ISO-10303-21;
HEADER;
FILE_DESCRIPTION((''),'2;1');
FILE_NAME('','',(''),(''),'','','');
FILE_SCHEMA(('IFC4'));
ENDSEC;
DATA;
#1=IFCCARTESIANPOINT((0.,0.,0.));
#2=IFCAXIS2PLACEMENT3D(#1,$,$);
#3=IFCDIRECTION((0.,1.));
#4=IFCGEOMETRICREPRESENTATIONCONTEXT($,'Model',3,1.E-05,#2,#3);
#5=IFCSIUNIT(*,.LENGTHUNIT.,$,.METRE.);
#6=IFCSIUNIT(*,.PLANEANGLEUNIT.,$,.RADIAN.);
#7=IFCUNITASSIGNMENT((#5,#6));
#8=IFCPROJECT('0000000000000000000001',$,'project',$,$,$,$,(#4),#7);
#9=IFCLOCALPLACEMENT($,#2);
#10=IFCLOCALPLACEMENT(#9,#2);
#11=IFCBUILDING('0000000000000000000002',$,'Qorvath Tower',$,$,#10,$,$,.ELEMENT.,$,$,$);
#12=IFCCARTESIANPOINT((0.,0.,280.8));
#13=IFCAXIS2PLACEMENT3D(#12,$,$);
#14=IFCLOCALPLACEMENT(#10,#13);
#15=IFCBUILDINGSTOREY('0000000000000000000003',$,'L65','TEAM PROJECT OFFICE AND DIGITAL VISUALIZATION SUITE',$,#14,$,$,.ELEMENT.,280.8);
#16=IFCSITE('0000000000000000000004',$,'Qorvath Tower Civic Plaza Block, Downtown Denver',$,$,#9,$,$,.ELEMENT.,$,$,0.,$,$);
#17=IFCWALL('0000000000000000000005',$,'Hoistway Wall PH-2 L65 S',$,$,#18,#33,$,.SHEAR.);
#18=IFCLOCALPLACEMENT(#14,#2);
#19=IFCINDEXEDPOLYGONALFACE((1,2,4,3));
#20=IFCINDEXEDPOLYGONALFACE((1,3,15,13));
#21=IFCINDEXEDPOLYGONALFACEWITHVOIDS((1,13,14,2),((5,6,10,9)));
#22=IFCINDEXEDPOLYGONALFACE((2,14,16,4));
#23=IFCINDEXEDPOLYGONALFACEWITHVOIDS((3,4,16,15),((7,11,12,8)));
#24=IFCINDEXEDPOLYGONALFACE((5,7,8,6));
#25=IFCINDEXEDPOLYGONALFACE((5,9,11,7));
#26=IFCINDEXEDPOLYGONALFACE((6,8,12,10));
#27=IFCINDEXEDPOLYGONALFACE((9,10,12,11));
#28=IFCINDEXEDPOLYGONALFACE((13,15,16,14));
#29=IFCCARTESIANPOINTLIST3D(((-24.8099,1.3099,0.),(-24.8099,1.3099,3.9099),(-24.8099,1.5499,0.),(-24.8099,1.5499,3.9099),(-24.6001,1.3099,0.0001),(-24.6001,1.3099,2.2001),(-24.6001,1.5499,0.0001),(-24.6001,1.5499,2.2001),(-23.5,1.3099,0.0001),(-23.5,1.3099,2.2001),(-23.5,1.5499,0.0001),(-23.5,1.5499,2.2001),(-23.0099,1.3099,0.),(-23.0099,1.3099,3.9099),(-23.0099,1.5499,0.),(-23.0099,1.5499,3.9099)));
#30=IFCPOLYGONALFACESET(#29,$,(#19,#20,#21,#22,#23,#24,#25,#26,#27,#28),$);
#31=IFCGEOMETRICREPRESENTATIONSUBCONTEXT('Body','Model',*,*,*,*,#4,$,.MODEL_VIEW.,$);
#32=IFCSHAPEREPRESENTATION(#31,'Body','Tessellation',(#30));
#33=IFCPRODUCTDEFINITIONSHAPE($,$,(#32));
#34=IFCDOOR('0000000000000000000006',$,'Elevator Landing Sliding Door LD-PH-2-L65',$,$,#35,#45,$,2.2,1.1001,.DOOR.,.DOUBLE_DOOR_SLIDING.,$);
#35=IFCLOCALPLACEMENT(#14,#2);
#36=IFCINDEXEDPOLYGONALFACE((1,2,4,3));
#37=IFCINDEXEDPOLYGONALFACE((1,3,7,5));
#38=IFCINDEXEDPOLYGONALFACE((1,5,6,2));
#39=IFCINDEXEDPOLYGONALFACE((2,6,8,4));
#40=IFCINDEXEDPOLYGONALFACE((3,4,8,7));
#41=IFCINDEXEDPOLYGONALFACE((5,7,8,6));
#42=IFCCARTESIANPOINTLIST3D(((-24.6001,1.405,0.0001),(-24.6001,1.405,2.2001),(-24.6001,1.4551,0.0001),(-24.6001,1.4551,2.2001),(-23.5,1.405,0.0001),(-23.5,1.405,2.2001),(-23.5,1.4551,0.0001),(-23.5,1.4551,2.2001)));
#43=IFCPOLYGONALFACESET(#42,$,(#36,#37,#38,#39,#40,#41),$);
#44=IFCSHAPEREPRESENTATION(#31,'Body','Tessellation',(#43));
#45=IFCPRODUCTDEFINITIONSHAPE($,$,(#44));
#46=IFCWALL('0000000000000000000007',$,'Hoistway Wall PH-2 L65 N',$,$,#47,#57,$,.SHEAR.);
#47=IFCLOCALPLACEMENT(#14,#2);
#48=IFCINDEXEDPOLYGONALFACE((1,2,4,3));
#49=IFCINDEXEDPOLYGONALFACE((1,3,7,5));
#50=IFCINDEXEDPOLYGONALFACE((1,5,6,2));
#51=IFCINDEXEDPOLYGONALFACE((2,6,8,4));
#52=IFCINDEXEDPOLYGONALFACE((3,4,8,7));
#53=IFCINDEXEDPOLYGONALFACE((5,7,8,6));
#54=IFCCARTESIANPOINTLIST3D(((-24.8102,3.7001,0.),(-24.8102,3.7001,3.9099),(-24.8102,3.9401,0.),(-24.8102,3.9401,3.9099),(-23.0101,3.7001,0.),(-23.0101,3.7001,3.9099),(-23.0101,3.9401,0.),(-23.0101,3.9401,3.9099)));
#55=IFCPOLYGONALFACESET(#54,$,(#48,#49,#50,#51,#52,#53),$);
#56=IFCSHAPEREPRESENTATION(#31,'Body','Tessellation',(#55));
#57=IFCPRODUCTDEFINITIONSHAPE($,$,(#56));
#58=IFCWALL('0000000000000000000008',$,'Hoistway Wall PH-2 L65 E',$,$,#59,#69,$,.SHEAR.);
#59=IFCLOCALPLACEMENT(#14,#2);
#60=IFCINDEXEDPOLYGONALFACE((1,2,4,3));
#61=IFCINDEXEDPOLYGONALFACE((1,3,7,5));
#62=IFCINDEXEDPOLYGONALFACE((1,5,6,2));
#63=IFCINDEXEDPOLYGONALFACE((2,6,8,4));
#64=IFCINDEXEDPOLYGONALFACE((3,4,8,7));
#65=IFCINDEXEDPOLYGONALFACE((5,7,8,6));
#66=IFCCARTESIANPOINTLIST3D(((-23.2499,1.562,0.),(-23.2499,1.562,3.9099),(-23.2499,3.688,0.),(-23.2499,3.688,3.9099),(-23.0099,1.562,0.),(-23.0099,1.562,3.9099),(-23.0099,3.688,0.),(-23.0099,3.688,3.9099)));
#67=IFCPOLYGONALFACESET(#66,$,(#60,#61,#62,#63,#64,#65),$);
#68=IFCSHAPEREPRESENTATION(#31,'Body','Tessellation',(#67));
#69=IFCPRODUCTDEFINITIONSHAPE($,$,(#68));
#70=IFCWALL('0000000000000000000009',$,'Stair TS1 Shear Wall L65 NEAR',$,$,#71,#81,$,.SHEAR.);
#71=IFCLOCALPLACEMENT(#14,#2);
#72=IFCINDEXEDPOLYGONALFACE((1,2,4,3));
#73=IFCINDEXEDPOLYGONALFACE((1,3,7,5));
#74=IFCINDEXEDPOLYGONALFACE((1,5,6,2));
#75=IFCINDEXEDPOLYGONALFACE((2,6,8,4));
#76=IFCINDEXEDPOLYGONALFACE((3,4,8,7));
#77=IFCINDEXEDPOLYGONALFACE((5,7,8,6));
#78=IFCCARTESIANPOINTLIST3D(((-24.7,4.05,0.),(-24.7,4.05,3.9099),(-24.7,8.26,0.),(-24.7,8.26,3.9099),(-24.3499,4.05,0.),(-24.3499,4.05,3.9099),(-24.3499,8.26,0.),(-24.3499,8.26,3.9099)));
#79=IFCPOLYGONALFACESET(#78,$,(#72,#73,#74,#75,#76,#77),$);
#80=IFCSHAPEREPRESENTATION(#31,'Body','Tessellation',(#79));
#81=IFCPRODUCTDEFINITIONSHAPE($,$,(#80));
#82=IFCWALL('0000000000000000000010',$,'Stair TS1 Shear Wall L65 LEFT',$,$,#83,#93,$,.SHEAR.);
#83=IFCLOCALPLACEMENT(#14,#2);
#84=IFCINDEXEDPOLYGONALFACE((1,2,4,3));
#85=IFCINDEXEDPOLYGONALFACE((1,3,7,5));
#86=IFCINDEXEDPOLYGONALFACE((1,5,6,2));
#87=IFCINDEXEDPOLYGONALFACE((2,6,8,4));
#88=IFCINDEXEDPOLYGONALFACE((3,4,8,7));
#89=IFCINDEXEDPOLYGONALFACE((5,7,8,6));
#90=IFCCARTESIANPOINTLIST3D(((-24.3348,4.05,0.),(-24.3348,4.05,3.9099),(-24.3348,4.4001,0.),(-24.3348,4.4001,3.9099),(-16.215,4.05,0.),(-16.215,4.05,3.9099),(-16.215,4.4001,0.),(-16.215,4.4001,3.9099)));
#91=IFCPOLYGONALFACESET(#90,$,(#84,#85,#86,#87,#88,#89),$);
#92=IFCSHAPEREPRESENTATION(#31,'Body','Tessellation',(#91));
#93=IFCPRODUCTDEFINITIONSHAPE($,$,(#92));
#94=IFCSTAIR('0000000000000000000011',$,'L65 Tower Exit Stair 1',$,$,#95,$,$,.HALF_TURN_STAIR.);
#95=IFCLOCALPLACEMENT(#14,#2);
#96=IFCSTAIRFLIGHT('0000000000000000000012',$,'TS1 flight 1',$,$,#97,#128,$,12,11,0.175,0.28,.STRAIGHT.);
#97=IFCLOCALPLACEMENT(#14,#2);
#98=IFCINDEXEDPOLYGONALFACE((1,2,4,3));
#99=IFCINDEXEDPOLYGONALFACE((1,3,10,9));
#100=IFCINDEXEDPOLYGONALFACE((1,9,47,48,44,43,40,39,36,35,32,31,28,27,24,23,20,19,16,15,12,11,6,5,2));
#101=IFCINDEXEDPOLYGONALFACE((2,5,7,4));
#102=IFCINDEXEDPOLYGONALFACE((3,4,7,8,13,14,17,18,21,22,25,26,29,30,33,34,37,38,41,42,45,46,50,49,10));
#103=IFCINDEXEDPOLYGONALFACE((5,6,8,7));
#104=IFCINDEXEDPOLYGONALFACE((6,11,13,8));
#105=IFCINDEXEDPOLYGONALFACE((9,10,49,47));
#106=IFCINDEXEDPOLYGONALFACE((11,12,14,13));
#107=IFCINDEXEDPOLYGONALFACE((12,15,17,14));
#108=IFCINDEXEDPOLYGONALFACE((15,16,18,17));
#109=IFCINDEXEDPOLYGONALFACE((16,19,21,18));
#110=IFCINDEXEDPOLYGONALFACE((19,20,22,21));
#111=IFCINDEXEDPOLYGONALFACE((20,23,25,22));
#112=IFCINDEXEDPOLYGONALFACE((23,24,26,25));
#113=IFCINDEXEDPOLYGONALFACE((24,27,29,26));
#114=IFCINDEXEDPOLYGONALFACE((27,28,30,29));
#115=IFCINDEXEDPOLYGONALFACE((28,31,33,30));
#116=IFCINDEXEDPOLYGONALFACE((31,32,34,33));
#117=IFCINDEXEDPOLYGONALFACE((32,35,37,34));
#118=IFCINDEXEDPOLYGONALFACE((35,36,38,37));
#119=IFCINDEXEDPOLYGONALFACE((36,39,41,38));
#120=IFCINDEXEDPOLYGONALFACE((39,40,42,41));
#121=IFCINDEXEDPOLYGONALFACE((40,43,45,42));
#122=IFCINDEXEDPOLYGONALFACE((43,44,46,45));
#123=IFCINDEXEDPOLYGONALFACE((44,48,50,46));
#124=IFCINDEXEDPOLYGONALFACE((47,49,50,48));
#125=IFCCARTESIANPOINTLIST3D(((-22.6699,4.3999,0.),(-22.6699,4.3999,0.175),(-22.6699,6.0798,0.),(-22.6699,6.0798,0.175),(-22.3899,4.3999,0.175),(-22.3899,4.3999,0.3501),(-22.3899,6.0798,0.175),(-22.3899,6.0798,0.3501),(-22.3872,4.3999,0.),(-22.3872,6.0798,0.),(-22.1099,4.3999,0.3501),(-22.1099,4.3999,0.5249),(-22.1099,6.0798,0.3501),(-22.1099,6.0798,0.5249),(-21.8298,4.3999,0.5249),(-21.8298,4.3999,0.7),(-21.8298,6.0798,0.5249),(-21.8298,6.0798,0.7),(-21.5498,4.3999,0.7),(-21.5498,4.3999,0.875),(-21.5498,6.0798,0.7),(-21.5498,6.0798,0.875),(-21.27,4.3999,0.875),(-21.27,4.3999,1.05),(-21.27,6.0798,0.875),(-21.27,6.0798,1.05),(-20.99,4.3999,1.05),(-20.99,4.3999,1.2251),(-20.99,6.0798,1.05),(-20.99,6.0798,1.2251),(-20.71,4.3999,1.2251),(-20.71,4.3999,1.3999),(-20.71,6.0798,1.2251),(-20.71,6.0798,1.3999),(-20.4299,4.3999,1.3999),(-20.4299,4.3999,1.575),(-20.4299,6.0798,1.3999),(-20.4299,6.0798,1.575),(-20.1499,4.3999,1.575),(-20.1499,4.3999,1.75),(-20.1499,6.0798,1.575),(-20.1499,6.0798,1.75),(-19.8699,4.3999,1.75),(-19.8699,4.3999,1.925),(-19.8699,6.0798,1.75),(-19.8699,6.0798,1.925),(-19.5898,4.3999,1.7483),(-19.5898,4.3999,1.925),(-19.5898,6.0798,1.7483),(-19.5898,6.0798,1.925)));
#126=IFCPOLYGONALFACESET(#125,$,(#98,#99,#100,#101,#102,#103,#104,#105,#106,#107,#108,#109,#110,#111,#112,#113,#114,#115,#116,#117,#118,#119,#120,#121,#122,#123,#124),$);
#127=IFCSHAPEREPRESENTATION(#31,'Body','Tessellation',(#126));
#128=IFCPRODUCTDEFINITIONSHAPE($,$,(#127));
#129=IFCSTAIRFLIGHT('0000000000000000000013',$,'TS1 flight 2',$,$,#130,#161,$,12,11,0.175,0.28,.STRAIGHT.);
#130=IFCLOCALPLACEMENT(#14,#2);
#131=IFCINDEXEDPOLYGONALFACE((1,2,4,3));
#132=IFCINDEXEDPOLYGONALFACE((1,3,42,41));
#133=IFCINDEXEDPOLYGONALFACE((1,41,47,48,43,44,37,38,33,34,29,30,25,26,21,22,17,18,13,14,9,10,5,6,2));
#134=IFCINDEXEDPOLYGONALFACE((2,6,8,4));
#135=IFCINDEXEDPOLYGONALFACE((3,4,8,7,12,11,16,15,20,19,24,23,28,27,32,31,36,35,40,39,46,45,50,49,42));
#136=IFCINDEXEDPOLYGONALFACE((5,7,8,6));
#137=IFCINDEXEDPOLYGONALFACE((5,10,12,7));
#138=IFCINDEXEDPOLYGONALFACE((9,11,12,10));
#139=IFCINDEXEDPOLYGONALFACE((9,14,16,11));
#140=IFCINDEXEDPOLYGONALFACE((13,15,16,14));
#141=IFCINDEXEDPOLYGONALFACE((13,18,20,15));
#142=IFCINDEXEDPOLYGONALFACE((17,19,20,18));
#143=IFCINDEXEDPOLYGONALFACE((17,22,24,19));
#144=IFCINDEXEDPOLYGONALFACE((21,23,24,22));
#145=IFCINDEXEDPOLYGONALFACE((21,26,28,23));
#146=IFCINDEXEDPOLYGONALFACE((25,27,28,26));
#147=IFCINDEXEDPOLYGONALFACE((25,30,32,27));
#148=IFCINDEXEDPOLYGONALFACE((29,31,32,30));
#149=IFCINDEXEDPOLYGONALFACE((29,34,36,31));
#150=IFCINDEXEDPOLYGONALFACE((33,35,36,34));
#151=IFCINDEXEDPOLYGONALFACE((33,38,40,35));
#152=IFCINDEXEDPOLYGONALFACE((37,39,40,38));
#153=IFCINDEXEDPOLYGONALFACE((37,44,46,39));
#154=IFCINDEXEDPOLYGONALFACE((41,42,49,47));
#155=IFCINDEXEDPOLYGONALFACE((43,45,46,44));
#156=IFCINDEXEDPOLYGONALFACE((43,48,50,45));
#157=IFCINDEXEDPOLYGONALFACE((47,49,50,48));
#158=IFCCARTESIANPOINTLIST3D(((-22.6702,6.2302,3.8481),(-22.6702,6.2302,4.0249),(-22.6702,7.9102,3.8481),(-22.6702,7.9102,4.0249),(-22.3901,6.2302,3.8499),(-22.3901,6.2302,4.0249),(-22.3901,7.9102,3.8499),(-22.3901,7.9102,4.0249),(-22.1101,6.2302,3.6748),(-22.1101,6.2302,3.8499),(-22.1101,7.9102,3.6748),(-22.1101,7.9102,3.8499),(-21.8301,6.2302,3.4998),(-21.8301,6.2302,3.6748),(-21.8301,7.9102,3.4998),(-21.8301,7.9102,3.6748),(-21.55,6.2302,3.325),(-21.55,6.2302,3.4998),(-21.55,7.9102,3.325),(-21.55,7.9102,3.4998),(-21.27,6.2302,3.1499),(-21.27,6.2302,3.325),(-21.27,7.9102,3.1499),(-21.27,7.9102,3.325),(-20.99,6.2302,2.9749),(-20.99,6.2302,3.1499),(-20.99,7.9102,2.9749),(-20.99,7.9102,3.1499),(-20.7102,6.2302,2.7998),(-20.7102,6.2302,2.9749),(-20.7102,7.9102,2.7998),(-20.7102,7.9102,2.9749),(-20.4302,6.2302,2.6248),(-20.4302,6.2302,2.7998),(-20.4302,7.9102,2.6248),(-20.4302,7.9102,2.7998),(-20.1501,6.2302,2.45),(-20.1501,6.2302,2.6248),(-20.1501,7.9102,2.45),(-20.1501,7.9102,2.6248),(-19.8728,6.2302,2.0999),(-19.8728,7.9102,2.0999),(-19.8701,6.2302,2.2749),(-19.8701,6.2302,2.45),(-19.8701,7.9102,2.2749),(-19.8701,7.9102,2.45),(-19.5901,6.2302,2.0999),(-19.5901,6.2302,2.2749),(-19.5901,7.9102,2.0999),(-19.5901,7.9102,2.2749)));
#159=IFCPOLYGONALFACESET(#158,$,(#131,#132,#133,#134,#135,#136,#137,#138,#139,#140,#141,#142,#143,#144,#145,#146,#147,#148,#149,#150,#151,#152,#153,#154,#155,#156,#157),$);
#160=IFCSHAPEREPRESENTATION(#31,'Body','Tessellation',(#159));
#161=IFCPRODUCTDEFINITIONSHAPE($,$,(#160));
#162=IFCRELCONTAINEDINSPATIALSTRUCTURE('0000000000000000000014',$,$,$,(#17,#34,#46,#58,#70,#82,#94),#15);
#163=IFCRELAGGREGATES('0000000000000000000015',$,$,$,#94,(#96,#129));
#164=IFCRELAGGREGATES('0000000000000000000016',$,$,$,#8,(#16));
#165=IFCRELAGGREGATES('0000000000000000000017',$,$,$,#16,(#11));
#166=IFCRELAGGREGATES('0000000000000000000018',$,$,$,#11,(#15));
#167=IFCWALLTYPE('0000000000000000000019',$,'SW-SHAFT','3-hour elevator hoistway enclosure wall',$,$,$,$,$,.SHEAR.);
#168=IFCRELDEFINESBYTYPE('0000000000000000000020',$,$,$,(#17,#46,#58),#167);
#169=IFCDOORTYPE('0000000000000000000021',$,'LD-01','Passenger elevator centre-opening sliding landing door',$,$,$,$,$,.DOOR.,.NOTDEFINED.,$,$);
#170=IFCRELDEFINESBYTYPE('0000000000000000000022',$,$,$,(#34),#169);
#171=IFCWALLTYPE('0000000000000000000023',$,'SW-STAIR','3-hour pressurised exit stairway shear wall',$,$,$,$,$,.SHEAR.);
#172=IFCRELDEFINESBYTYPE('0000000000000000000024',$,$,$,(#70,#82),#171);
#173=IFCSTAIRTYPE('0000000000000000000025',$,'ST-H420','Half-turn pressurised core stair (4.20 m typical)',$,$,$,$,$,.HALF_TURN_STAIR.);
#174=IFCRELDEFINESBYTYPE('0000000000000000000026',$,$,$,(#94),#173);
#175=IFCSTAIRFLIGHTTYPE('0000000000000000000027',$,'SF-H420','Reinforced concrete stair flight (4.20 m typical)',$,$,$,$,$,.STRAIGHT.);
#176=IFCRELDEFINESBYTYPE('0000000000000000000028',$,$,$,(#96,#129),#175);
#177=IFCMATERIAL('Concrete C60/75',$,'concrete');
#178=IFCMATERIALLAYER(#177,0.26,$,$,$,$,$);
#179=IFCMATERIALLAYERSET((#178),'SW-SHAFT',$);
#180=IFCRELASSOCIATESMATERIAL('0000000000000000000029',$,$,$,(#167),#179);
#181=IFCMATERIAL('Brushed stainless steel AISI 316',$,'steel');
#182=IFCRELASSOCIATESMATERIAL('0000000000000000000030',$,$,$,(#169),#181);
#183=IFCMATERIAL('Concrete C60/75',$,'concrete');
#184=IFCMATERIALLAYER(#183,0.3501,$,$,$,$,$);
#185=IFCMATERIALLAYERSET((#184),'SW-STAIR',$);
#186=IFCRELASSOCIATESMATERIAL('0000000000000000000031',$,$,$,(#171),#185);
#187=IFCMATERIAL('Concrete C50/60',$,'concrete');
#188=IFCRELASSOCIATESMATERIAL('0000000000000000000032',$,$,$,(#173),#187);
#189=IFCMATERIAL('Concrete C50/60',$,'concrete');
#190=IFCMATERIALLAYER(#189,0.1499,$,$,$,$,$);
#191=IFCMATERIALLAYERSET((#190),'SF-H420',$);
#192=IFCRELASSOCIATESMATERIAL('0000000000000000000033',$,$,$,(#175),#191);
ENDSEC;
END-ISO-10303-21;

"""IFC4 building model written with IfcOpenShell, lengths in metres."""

from ifc_helpers import new_model, si_unit, direction, frame, frame_2d, origin, place, context, subcontext, project, spatial, polyline, rectangle, outline, extrude, material, layer, layer_set, type_object, element, fill, aggregate, save


model = new_model("IFC4")

# Units and contexts
model_context = context("Model", 3, precision=1e-05, world=origin(), true_north=direction((0.0, 1.0)))
body_context = subcontext(model_context, "Body", "Model", "MODEL_VIEW")
ifc_project = project(units=[si_unit("LENGTHUNIT", "METRE"), si_unit("PLANEANGLEUNIT", "RADIAN")], contexts=[model_context])

# Site, building, storey
site_placement = place(None, origin())
site = spatial("IfcSite", under=ifc_project, at=site_placement, Name="Qorvath Tower Civic Plaza Block, Downtown Denver", CompositionType="ELEMENT", RefElevation=0.0)
building_placement = place(site_placement, origin())
building = spatial("IfcBuilding", under=site, at=building_placement, Name="Qorvath Tower", CompositionType="ELEMENT")
storey_placement = place(building_placement, frame((0.0, 0.0, 280.8)))
storey = spatial("IfcBuildingStorey", under=building, at=storey_placement, Name="L65", Description="TEAM PROJECT OFFICE AND DIGITAL VISUALIZATION SUITE", CompositionType="ELEMENT", Elevation=280.8)

# Shared definitions
ifc_material_1 = material(Name="Concrete C60/75", Category="concrete")
ifc_layer_1 = layer(ifc_material_1, 0.26)
ifc_layer_set_1 = layer_set([ifc_layer_1], Name="SW-SHAFT")
wall_type_1 = type_object("IfcWallType", Name="SW-SHAFT", Description="3-hour elevator hoistway enclosure wall", PredefinedType="SHEAR", material=ifc_layer_set_1)

# Shared definitions
ifc_material_2 = material(Name="Brushed stainless steel AISI 316", Category="steel")
door_type_1 = type_object("IfcDoorType", Name="LD-01", Description="Passenger elevator centre-opening sliding landing door", OperationType="NOTDEFINED", PredefinedType="DOOR", material=ifc_material_2)

# Wall, opening, door
wall_1_placement = place(storey_placement, frame((-23.01, 1.4299, 0.0), z_axis=(0.0, 0.0, 1.0), x_axis=(-1.0, 0.0, 0.0)))
wall_1 = element("IfcWall", 1, at=wall_1_placement, inside=storey, type_object=wall_type_1, Name="Hoistway Wall PH-2 L65 S", PredefinedType="SHEAR", context=body_context, shape_type="SweptSolid", body=[
    extrude(rectangle(XDim=1.8, YDim=0.24, at=frame_2d((0.8999, 0.0))), origin(), (0.0, 0.0, 1.0), 3.9099),
])
opening_1_placement = place(wall_1_placement, frame((0.49, 0.0, 0.0)))
opening_1 = element("IfcOpeningElement", 2, at=opening_1_placement, cuts=wall_1, PredefinedType="OPENING", context=body_context, shape_type="SweptSolid", body=[
    extrude(rectangle(XDim=1.1001, YDim=2.2, at=frame_2d((0.55, 1.1001))), frame((0.0, 0.1299, 0.0), z_axis=(0.0, -1.0, 0.0), x_axis=(1.0, 0.0, 0.0)), (0.0, 0.0, 1.0), 0.26),
])
door_1_placement = place(opening_1_placement, origin())
door_1 = element("IfcDoor", 3, at=door_1_placement, inside=storey, type_object=door_type_1, Name="Elevator Landing Sliding Door LD-PH-2-L65", OperationType="DOUBLE_DOOR_SLIDING", OverallHeight=2.2, OverallWidth=1.1001, PredefinedType="DOOR", context=body_context, shape_type="SweptSolid", body=[
    extrude(rectangle(XDim=1.1001, YDim=2.2, at=frame_2d((0.55, 1.1001))), frame((0.0, 0.0249, 0.0), z_axis=(0.0, -1.0, 0.0), x_axis=(1.0, 0.0, 0.0)), (0.0, 0.0, 1.0), 0.05),
])
fill(opening_1, door_1)

# Walls
wall_2_placement = place(storey_placement, frame((-24.8101, 3.8201, 0.0), z_axis=(0.0, 0.0, 1.0), x_axis=(1.0, 0.0, 0.0)))
element("IfcWall", 4, at=wall_2_placement, inside=storey, type_object=wall_type_1, Name="Hoistway Wall PH-2 L65 N", PredefinedType="SHEAR", context=body_context, shape_type="SweptSolid", body=[
    extrude(rectangle(XDim=1.8, YDim=0.24, at=frame_2d((0.8999, 0.0))), origin(), (0.0, 0.0, 1.0), 3.9099),
])
wall_3_placement = place(storey_placement, frame((-23.1299, 3.688, 0.0), z_axis=(0.0, 0.0, 1.0), x_axis=(0.0, -1.0, 0.0)))
element("IfcWall", 5, at=wall_3_placement, inside=storey, type_object=wall_type_1, Name="Hoistway Wall PH-2 L65 E", PredefinedType="SHEAR", context=body_context, shape_type="SweptSolid", body=[
    extrude(rectangle(XDim=2.126, YDim=0.24, at=frame_2d((1.063, 0.0))), origin(), (0.0, 0.0, 1.0), 3.9099),
])
ifc_material_3 = material(Name="Concrete C60/75", Category="concrete")
ifc_layer_2 = layer(ifc_material_3, 0.3501)
ifc_layer_set_2 = layer_set([ifc_layer_2], Name="SW-STAIR")
wall_type_2 = type_object("IfcWallType", Name="SW-STAIR", Description="3-hour pressurised exit stairway shear wall", PredefinedType="SHEAR", material=ifc_layer_set_2)
wall_4_placement = place(storey_placement, frame((-24.5249, 8.26, 0.0), z_axis=(0.0, 0.0, 1.0), x_axis=(0.0, -1.0, 0.0)))
element("IfcWall", 6, at=wall_4_placement, inside=storey, type_object=wall_type_2, Name="Stair TS1 Shear Wall L65 NEAR", PredefinedType="SHEAR", context=body_context, shape_type="SweptSolid", body=[
    extrude(rectangle(XDim=4.21, YDim=0.3501, at=frame_2d((2.105, 0.0))), origin(), (0.0, 0.0, 1.0), 3.9099),
])
wall_5_placement = place(storey_placement, frame((-24.335, 4.2251, 0.0), z_axis=(0.0, 0.0, 1.0), x_axis=(1.0, 0.0, 0.0)))
element("IfcWall", 7, at=wall_5_placement, inside=storey, type_object=wall_type_2, Name="Stair TS1 Shear Wall L65 LEFT", PredefinedType="SHEAR", context=body_context, shape_type="SweptSolid", body=[
    extrude(rectangle(XDim=8.1199, YDim=0.3501, at=frame_2d((4.0601, 0.0))), origin(), (0.0, 0.0, 1.0), 3.9099),
])

# Stair, stair flights
ifc_material_4 = material(Name="Concrete C50/60", Category="concrete")
stair_type = type_object("IfcStairType", Name="ST-H420", Description="Half-turn pressurised core stair (4.20 m typical)", PredefinedType="HALF_TURN_STAIR", material=ifc_material_4)
stair_placement = place(storey_placement, origin())
stair = element("IfcStair", 8, at=stair_placement, inside=storey, type_object=stair_type, Name="L65 Tower Exit Stair 1", PredefinedType="HALF_TURN_STAIR")
ifc_material_5 = material(Name="Concrete C50/60", Category="concrete")
ifc_layer_3 = layer(ifc_material_5, 0.1499)
ifc_layer_set_3 = layer_set([ifc_layer_3], Name="SF-H420")
stair_flight_type = type_object("IfcStairFlightType", Name="SF-H420", Description="Reinforced concrete stair flight (4.20 m typical)", PredefinedType="STRAIGHT", material=ifc_layer_set_3)
stair_flight_1_placement = place(storey_placement, frame((-22.6699, 5.24, 0.0), z_axis=(0.0, 0.0, 1.0), x_axis=(1.0, 0.0, 0.0)))
stair_flight_1 = element("IfcStairFlight", 9, at=stair_flight_1_placement, type_object=stair_flight_type, Name="TS1 flight 1", NumberOfRisers=12, NumberOfTreads=11, PredefinedType="STRAIGHT", RiserHeight=0.175, TreadLength=0.28, context=body_context, shape_type="SweptSolid", body=[
    extrude(outline(polyline([(0.0, 0.0), (0.0, 0.175), (0.28, 0.175), (0.28, 0.3501), (0.5601, 0.3501), (0.5601, 0.5249), (0.8401, 0.5249), (0.8401, 0.7), (1.1201, 0.7), (1.1201, 0.875), (1.3999, 0.875), (1.3999, 1.05), (1.6799, 1.05), (1.6799, 1.2251), (1.96, 1.2251), (1.96, 1.3999), (2.24, 1.3999), (2.24, 1.575), (2.52, 1.575), (2.52, 1.75), (2.8, 1.75), (2.8, 1.925), (3.0801, 1.925), (3.0801, 2.1001), (3.0801, 1.7483), (0.2827, 0.0), (0.0, 0.0)])), frame((0.0, 0.8398, 0.0), z_axis=(0.0, -1.0, 0.0), x_axis=(1.0, 0.0, 0.0)), (0.0, 0.0, 1.0), 1.6799),
])
stair_flight_2_placement = place(storey_placement, frame((-19.5901, 7.0701, 2.0999), z_axis=(0.0, 0.0, 1.0), x_axis=(-1.0, 0.0, 0.0)))
stair_flight_2 = element("IfcStairFlight", 10, at=stair_flight_2_placement, type_object=stair_flight_type, Name="TS1 flight 2", NumberOfRisers=12, NumberOfTreads=11, PredefinedType="STRAIGHT", RiserHeight=0.175, TreadLength=0.28, context=body_context, shape_type="SweptSolid", body=[
    extrude(outline(polyline([(0.0, 0.0), (0.0, 0.175), (0.28, 0.175), (0.28, 0.3501), (0.5601, 0.3501), (0.5601, 0.5249), (0.8401, 0.5249), (0.8401, 0.7), (1.1201, 0.7), (1.1201, 0.875), (1.3999, 0.875), (1.3999, 1.05), (1.6799, 1.05), (1.6799, 1.2251), (1.96, 1.2251), (1.96, 1.3999), (2.24, 1.3999), (2.24, 1.575), (2.52, 1.575), (2.52, 1.75), (2.8, 1.75), (2.8, 1.925), (3.0801, 1.925), (3.0801, 2.1001), (3.0801, 1.7483), (0.2827, 0.0), (0.0, 0.0)])), frame((0.0, 0.8398, 0.0), z_axis=(0.0, -1.0, 0.0), x_axis=(1.0, 0.0, 0.0)), (0.0, 0.0, 1.0), 1.6799),
])
aggregate(stair, [stair_flight_1, stair_flight_2])

save(model, "model.ifc")
